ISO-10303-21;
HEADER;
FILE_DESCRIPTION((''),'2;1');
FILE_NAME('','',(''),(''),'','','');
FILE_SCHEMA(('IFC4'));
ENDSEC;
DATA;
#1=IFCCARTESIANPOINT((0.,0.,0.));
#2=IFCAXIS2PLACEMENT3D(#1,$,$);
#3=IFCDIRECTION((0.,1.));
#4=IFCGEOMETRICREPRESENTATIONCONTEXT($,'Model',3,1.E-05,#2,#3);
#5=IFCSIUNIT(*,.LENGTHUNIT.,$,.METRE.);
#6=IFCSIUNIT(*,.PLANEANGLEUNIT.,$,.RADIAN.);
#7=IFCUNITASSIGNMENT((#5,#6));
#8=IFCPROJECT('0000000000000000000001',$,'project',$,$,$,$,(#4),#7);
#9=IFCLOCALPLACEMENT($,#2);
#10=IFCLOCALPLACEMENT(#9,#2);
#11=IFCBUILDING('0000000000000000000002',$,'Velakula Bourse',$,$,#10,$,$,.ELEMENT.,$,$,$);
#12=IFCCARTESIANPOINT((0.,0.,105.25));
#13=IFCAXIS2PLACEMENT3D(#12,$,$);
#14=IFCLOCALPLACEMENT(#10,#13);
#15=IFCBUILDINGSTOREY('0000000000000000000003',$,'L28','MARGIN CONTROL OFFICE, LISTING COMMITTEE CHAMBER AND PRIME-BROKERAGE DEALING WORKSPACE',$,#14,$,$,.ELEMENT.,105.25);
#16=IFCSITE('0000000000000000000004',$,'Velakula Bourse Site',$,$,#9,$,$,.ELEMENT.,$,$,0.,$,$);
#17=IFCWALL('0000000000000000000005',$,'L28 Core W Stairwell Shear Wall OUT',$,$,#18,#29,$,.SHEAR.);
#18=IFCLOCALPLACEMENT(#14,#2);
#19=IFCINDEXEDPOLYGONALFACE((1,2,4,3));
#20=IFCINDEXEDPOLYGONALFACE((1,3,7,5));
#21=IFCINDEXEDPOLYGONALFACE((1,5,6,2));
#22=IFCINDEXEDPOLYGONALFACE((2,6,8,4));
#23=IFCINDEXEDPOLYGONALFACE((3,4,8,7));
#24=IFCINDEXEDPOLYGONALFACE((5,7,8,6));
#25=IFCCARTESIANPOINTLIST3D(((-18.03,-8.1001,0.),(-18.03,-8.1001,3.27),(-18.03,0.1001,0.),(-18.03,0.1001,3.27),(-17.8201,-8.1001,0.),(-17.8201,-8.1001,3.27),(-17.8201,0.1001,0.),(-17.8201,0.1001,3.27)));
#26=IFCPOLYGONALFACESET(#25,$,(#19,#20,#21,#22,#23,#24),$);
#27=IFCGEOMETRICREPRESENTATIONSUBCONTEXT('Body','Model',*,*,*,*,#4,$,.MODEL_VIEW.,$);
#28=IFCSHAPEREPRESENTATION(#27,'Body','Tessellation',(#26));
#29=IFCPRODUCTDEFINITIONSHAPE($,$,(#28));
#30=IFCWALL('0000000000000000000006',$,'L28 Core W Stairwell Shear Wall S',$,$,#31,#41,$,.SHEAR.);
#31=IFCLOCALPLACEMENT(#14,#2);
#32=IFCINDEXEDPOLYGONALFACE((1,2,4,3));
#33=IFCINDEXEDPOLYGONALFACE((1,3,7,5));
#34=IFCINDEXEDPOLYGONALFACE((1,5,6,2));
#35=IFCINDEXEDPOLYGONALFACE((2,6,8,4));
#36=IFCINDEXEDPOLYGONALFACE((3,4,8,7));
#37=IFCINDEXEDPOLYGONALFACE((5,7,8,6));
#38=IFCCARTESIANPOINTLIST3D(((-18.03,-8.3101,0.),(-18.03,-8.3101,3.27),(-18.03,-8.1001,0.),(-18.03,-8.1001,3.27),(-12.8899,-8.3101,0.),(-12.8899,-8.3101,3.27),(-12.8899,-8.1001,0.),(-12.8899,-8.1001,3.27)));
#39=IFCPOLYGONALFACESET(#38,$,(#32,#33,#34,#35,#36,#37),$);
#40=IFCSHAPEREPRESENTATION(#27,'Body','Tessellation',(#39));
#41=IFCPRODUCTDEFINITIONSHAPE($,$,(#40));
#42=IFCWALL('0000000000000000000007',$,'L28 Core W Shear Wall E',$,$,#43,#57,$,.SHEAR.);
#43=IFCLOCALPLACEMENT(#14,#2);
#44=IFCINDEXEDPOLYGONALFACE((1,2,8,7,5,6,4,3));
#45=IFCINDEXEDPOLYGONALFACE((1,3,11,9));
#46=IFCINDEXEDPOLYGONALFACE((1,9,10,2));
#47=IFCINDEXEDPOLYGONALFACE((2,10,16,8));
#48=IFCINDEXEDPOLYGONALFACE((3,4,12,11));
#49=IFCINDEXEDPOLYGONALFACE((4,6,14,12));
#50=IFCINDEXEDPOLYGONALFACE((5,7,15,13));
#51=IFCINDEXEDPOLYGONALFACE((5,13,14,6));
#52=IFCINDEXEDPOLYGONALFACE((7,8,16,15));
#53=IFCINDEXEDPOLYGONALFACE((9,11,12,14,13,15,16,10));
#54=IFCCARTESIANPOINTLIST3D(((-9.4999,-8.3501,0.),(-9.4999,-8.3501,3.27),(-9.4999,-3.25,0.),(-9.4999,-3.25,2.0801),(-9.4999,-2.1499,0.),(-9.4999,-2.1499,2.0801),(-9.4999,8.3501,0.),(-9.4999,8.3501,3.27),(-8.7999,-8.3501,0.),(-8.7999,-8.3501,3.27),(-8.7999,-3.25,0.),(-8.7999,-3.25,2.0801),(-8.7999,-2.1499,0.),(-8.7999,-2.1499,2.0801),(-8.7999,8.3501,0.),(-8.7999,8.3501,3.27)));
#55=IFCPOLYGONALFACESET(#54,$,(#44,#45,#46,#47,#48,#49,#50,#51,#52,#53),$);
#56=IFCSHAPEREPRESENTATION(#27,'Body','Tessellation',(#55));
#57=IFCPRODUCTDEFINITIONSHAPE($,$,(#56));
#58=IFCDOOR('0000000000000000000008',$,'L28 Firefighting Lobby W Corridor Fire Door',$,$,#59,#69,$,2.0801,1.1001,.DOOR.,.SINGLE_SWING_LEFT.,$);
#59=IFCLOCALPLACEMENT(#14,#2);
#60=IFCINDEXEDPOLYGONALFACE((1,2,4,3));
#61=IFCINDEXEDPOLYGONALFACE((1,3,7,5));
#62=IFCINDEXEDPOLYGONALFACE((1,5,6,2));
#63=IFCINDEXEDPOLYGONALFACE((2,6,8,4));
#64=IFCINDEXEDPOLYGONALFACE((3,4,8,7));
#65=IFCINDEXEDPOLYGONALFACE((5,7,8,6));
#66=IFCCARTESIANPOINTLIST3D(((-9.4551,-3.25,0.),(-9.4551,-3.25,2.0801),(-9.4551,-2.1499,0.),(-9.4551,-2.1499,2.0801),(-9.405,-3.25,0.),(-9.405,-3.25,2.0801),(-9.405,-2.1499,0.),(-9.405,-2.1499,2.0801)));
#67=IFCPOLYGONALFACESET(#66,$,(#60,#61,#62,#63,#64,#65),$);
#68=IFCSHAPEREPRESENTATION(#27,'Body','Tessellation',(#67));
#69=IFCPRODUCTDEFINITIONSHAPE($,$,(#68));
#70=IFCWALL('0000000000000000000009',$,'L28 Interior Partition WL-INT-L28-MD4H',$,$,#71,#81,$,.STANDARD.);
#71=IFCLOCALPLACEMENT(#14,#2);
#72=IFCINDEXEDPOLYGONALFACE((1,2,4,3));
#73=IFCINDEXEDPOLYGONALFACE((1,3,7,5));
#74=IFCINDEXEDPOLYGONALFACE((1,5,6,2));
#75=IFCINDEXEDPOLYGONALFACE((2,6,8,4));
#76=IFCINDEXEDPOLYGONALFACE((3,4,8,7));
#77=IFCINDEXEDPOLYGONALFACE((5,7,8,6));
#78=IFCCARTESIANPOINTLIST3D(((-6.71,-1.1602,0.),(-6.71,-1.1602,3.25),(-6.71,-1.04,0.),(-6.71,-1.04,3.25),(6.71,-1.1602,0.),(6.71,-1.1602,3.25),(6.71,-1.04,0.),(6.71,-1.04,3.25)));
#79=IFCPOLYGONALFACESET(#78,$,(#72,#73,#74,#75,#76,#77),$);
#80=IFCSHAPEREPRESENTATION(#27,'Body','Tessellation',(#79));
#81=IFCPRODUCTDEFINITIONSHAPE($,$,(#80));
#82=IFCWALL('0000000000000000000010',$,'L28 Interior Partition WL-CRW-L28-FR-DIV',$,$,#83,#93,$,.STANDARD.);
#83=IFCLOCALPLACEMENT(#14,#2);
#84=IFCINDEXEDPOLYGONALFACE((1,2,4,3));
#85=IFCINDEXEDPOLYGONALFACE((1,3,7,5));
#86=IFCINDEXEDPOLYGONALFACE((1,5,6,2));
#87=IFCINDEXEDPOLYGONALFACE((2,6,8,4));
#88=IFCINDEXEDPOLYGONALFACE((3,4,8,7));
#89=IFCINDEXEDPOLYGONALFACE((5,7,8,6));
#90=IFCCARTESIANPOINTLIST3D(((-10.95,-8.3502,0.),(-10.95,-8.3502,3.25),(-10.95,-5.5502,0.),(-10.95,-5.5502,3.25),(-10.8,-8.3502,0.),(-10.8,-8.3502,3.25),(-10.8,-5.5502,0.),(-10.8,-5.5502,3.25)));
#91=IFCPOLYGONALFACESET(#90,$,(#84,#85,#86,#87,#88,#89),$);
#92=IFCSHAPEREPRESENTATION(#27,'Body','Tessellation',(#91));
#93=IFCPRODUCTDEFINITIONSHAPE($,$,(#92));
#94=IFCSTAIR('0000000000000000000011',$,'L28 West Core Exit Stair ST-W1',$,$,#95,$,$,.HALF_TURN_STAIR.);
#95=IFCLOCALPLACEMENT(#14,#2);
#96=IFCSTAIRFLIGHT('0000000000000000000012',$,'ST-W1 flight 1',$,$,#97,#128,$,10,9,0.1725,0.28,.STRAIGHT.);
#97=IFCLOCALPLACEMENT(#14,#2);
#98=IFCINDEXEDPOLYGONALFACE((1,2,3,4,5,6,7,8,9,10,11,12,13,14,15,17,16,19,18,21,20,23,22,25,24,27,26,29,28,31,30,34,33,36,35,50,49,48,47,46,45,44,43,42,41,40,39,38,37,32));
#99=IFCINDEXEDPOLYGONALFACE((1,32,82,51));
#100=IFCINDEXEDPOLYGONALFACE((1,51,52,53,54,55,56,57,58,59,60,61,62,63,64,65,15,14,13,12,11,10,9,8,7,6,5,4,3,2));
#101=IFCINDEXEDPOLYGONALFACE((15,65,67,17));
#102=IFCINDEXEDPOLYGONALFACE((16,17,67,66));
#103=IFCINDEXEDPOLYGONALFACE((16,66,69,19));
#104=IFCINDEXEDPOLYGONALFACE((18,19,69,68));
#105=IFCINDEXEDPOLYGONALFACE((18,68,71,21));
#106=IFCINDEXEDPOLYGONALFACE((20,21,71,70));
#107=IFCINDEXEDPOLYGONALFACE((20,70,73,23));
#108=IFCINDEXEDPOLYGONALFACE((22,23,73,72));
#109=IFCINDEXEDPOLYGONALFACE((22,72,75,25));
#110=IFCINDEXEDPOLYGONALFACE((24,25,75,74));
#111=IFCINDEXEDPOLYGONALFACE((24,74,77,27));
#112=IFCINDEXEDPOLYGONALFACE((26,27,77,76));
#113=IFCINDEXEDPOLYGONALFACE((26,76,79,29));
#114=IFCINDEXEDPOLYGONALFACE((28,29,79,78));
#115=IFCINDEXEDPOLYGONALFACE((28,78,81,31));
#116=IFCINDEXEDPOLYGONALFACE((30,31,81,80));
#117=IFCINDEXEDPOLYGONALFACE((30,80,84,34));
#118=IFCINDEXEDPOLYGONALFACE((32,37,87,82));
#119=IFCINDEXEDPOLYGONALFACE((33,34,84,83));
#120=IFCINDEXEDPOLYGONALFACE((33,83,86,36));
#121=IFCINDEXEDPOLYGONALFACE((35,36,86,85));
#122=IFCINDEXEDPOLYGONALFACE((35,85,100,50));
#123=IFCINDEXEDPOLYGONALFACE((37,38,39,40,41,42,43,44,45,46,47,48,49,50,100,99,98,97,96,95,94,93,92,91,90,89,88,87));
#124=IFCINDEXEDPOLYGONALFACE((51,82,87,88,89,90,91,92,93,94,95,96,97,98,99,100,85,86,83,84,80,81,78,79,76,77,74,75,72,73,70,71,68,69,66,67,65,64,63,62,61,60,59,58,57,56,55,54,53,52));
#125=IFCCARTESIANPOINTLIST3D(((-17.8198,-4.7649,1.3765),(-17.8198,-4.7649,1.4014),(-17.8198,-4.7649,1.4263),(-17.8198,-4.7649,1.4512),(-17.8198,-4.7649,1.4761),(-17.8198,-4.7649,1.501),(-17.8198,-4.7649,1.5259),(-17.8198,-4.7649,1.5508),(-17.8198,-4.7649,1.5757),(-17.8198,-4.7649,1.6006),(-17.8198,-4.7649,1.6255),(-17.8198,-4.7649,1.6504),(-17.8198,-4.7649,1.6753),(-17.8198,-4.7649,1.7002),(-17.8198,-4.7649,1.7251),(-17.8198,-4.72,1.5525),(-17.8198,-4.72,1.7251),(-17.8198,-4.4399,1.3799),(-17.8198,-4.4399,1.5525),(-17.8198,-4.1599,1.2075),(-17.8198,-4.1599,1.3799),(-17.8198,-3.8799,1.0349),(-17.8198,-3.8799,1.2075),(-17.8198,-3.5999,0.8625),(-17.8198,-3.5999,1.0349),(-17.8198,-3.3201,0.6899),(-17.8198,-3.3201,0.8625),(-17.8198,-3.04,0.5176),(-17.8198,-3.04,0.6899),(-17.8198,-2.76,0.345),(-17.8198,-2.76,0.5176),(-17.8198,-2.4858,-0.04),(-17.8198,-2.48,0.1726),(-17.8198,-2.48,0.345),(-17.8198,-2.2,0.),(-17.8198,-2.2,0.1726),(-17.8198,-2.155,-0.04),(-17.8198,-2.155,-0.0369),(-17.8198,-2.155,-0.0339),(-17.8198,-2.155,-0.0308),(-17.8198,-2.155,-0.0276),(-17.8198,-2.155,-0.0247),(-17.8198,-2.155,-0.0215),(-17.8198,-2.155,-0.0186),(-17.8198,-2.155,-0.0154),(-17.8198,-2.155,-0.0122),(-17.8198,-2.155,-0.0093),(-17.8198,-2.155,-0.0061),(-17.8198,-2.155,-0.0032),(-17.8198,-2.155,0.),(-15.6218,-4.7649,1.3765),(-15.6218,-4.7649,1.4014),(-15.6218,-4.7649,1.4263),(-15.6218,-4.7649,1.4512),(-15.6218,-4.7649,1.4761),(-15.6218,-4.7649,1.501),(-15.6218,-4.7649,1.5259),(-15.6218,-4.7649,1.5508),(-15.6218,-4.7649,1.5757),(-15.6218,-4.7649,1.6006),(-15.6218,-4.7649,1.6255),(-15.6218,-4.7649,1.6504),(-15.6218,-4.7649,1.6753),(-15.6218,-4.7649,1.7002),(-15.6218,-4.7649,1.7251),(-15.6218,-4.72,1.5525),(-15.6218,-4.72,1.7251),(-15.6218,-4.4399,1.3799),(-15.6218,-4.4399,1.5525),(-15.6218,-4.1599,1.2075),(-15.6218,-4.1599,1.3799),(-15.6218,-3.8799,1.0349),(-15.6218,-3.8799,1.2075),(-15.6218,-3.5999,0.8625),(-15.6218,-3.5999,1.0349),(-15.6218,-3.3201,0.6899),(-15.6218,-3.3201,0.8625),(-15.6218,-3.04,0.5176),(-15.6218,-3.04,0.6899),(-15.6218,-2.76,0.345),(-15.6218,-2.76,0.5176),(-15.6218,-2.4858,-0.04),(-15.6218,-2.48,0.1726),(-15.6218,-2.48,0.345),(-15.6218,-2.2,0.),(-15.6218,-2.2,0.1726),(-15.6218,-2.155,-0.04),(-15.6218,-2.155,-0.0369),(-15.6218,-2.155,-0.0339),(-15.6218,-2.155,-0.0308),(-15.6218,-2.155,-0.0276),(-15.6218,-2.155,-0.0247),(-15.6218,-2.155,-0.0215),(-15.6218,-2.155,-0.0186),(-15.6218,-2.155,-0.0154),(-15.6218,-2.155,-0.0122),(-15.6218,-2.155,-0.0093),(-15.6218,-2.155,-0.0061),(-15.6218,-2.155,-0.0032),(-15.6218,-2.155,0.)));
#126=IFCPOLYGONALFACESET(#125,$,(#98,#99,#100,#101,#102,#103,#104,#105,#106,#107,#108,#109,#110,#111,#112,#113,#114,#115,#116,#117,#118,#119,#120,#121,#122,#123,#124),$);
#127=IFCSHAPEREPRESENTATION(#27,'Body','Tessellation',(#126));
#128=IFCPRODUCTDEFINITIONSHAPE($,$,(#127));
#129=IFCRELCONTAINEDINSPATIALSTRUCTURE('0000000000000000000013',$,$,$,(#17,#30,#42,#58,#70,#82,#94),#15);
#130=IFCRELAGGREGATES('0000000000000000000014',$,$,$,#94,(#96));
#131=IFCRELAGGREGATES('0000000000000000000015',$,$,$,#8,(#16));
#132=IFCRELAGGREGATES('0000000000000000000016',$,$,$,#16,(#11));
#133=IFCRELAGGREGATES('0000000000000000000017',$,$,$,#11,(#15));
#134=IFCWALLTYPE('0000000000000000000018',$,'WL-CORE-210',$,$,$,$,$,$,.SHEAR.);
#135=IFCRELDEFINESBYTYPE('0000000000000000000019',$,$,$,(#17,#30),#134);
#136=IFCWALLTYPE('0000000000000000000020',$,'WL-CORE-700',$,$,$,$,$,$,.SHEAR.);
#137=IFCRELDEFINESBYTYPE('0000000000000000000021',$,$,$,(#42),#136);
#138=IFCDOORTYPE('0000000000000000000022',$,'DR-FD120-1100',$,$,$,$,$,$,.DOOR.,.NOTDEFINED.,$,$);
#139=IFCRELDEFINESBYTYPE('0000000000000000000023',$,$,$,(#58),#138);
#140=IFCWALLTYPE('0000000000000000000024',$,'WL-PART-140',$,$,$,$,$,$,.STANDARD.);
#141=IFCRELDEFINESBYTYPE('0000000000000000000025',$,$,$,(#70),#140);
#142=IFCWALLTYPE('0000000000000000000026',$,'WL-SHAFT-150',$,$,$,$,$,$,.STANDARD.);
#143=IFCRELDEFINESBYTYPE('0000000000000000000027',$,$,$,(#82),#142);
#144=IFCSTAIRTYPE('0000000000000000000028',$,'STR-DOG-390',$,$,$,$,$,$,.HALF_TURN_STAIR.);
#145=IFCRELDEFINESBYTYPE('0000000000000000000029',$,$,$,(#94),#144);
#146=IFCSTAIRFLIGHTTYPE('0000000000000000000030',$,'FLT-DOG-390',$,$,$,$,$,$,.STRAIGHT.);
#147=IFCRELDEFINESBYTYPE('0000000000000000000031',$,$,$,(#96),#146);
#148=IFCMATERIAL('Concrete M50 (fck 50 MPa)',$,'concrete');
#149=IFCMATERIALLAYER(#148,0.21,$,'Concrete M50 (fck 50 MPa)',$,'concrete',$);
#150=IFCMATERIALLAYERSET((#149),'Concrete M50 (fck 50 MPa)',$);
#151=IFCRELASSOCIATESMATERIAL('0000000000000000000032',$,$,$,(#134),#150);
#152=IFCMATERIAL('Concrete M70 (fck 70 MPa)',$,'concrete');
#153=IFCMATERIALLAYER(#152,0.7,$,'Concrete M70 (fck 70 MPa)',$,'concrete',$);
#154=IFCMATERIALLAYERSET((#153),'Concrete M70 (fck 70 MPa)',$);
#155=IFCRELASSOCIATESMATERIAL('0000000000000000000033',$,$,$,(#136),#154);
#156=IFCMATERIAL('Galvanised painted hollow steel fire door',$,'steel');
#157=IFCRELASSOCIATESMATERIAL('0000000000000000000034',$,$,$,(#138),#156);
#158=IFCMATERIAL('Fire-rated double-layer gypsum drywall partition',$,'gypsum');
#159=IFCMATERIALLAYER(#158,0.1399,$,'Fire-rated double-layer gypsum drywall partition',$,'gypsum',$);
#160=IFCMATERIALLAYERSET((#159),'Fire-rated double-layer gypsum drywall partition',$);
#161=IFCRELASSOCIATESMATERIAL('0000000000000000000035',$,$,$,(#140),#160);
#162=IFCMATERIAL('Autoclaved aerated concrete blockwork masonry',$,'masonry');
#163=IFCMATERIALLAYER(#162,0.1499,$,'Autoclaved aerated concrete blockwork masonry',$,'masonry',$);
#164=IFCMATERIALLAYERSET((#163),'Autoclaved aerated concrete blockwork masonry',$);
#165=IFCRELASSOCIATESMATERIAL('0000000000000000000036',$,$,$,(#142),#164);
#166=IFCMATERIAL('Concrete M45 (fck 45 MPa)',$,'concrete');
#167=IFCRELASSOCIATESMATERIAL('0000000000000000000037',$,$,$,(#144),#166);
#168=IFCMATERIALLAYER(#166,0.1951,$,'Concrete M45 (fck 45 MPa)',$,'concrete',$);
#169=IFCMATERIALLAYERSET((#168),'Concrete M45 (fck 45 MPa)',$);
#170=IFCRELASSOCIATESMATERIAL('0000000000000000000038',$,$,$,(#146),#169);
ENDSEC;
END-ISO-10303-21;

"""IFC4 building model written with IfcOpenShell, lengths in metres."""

from ifc_helpers import new_model, si_unit, direction, frame, frame_2d, origin, place, context, subcontext, project, spatial, polyline, rectangle, outline, extrude, material, layer, layer_set, type_object, element, fill, aggregate, save


model = new_model("IFC4")

# Units and contexts
model_context = context("Model", 3, precision=1e-05, world=origin(), true_north=direction((0.0, 1.0)))
body_context = subcontext(model_context, "Body", "Model", "MODEL_VIEW")
ifc_project = project(units=[si_unit("LENGTHUNIT", "METRE"), si_unit("PLANEANGLEUNIT", "RADIAN")], contexts=[model_context])

# Site, building, storey
site_placement = place(None, origin())
site = spatial("IfcSite", under=ifc_project, at=site_placement, Name="Velakula Bourse Site", CompositionType="ELEMENT", RefElevation=0.0)
building_placement = place(site_placement, origin())
building = spatial("IfcBuilding", under=site, at=building_placement, Name="Velakula Bourse", CompositionType="ELEMENT")
storey_placement = place(building_placement, frame((0.0, 0.0, 105.25)))
storey = spatial("IfcBuildingStorey", under=building, at=storey_placement, Name="L28", Description="MARGIN CONTROL OFFICE, LISTING COMMITTEE CHAMBER AND PRIME-BROKERAGE DEALING WORKSPACE", CompositionType="ELEMENT", Elevation=105.25)

# Shared definitions
ifc_material_1 = material(Name="Concrete M70 (fck 70 MPa)", Category="concrete")

# Shared definitions
ifc_material_2 = material(Name="Concrete M50 (fck 50 MPa)", Category="concrete")
ifc_layer_1 = layer(ifc_material_2, 0.21, Name="Concrete M50 (fck 50 MPa)", Category="concrete")
ifc_layer_set_1 = layer_set([ifc_layer_1], Name="Concrete M50 (fck 50 MPa)")
wall_type_1 = type_object("IfcWallType", Name="WL-CORE-210", PredefinedType="SHEAR", material=ifc_layer_set_1)
ifc_material_3 = material(Name="Galvanised painted hollow steel fire door", Category="steel")

# Walls
wall_1_placement = place(storey_placement, frame((-17.925, -8.1001, 0.0), z_axis=(0.0, 0.0, 1.0), x_axis=(0.0, 1.0, 0.0)))
element("IfcWall", 1, at=wall_1_placement, inside=storey, type_object=wall_type_1, Name="L28 Core W Stairwell Shear Wall OUT", PredefinedType="SHEAR", context=body_context, shape_type="SweptSolid", body=[
    extrude(rectangle(XDim=8.2002, YDim=0.21, at=frame_2d((4.1001, 0.0))), origin(), (0.0, 0.0, 1.0), 3.27),
])
wall_2_placement = place(storey_placement, frame((-18.03, -8.2051, 0.0), z_axis=(0.0, 0.0, 1.0), x_axis=(1.0, 0.0, 0.0)))
element("IfcWall", 2, at=wall_2_placement, inside=storey, type_object=wall_type_1, Name="L28 Core W Stairwell Shear Wall S", PredefinedType="SHEAR", context=body_context, shape_type="SweptSolid", body=[
    extrude(rectangle(XDim=5.1401, YDim=0.21, at=frame_2d((2.5701, 0.0))), origin(), (0.0, 0.0, 1.0), 3.27),
])

# Wall, opening, door
ifc_layer_2 = layer(ifc_material_1, 0.7, Name="Concrete M70 (fck 70 MPa)", Category="concrete")
ifc_layer_set_2 = layer_set([ifc_layer_2], Name="Concrete M70 (fck 70 MPa)")
wall_type_2 = type_object("IfcWallType", Name="WL-CORE-700", PredefinedType="SHEAR", material=ifc_layer_set_2)
wall_3_placement = place(storey_placement, frame((-9.1499, -8.3501, 0.0), z_axis=(0.0, 0.0, 1.0), x_axis=(0.0, 1.0, 0.0)))
wall_3 = element("IfcWall", 3, at=wall_3_placement, inside=storey, type_object=wall_type_2, Name="L28 Core W Shear Wall E", PredefinedType="SHEAR", context=body_context, shape_type="SweptSolid", body=[
    extrude(rectangle(XDim=16.7002, YDim=0.7, at=frame_2d((8.3501, 0.0))), origin(), (0.0, 0.0, 1.0), 3.27),
])
opening_1_placement = place(wall_3_placement, frame((5.1001, 0.0, 0.0)))
opening_1 = element("IfcOpeningElement", 4, at=opening_1_placement, cuts=wall_3, PredefinedType="OPENING", context=body_context, shape_type="SweptSolid", body=[
    extrude(rectangle(XDim=1.1001, YDim=2.0801, at=frame_2d((0.55, 1.04))), frame((0.0, 0.3599, 0.0), z_axis=(0.0, -1.0, 0.0), x_axis=(1.0, 0.0, 0.0)), (0.0, 0.0, 1.0), 0.72),
])
door_type_1 = type_object("IfcDoorType", Name="DR-FD120-1100", OperationType="NOTDEFINED", PredefinedType="DOOR", material=ifc_material_3)
door_1_placement = place(opening_1_placement, origin())
door_1 = element("IfcDoor", 5, at=door_1_placement, inside=storey, type_object=door_type_1, Name="L28 Firefighting Lobby W Corridor Fire Door", OperationType="SINGLE_SWING_LEFT", OverallHeight=2.0801, OverallWidth=1.1001, PredefinedType="DOOR", context=body_context, shape_type="SweptSolid", body=[
    extrude(rectangle(XDim=1.1001, YDim=2.0801, at=frame_2d((0.55, 1.04))), frame((0.0, 0.3052, 0.0), z_axis=(0.0, -1.0, 0.0), x_axis=(1.0, 0.0, 0.0)), (0.0, 0.0, 1.0), 0.05),
])
fill(opening_1, door_1)

# Wall
ifc_material_4 = material(Name="Fire-rated double-layer gypsum drywall partition", Category="gypsum")
ifc_layer_3 = layer(ifc_material_4, 0.1399, Name="Fire-rated double-layer gypsum drywall partition", Category="gypsum")
ifc_layer_set_3 = layer_set([ifc_layer_3], Name="Fire-rated double-layer gypsum drywall partition")
wall_type_3 = type_object("IfcWallType", Name="WL-PART-140", PredefinedType="STANDARD", material=ifc_layer_set_3)
wall_4_placement = place(storey_placement, frame((-6.71, -1.1001, 0.0), z_axis=(0.0, 0.0, 1.0), x_axis=(1.0, 0.0, 0.0)))
element("IfcWall", 6, at=wall_4_placement, inside=storey, type_object=wall_type_3, Name="L28 Interior Partition WL-INT-L28-MD4H", PredefinedType="STANDARD", context=body_context, shape_type="SweptSolid", body=[
    extrude(rectangle(XDim=13.4199, YDim=0.1201, at=frame_2d((6.71, 0.0))), origin(), (0.0, 0.0, 1.0), 3.25),
])

# Shared definitions
ifc_material_5 = material(Name="Autoclaved aerated concrete blockwork masonry", Category="masonry")
ifc_layer_4 = layer(ifc_material_5, 0.1499, Name="Autoclaved aerated concrete blockwork masonry", Category="masonry")
ifc_layer_set_4 = layer_set([ifc_layer_4], Name="Autoclaved aerated concrete blockwork masonry")
wall_type_4 = type_object("IfcWallType", Name="WL-SHAFT-150", PredefinedType="STANDARD", material=ifc_layer_set_4)

# Wall
wall_5_placement = place(storey_placement, frame((-10.875, -8.3501, 0.0), z_axis=(0.0, 0.0, 1.0), x_axis=(0.0, 1.0, 0.0)))
element("IfcWall", 7, at=wall_5_placement, inside=storey, type_object=wall_type_4, Name="L28 Interior Partition WL-CRW-L28-FR-DIV", PredefinedType="STANDARD", context=body_context, shape_type="SweptSolid", body=[
    extrude(rectangle(XDim=2.8, YDim=0.1499, at=frame_2d((1.3999, 0.0))), origin(), (0.0, 0.0, 1.0), 3.25),
])

# Stair, stair flight
ifc_material_6 = material(Name="Concrete M45 (fck 45 MPa)", Category="concrete")
stair_type = type_object("IfcStairType", Name="STR-DOG-390", PredefinedType="HALF_TURN_STAIR", material=ifc_material_6)
stair_placement = place(storey_placement, origin())
stair = element("IfcStair", 8, at=stair_placement, inside=storey, type_object=stair_type, Name="L28 West Core Exit Stair ST-W1", PredefinedType="HALF_TURN_STAIR")
ifc_layer_5 = layer(ifc_material_6, 0.1951, Name="Concrete M45 (fck 45 MPa)", Category="concrete")
ifc_layer_set_5 = layer_set([ifc_layer_5], Name="Concrete M45 (fck 45 MPa)")
stair_flight_type = type_object("IfcStairFlightType", Name="FLT-DOG-390", PredefinedType="STRAIGHT", material=ifc_layer_set_5)
stair_flight_1_placement = place(storey_placement, frame((-16.7209, -2.2, 0.0), z_axis=(0.0, 0.0, 1.0), x_axis=(0.0, -1.0, 0.0)))
stair_flight_1 = element("IfcStairFlight", 9, at=stair_flight_1_placement, type_object=stair_flight_type, Name="ST-W1 flight 1", NumberOfRisers=10, NumberOfTreads=9, PredefinedType="STRAIGHT", RiserHeight=0.1725, TreadLength=0.28, context=body_context, shape_type="SweptSolid", body=[
    extrude(outline(polyline([(-0.0449, -0.04), (-0.0449, -0.0369), (-0.0449, -0.0339), (-0.0449, -0.0308), (-0.0449, -0.0276), (-0.0449, -0.0247), (-0.0449, -0.0215), (-0.0449, -0.0186), (-0.0449, -0.0154), (-0.0449, -0.0122), (-0.0449, -0.0093), (-0.0449, -0.0061), (-0.0449, -0.0032), (-0.0449, 0.0), (0.0, 0.0), (0.0, 0.1726), (0.28, 0.1726), (0.28, 0.345), (0.5601, 0.345), (0.5601, 0.5176), (0.8401, 0.5176), (0.8401, 0.6899), (1.1201, 0.6899), (1.1201, 0.8625), (1.3999, 0.8625), (1.3999, 1.0349), (1.6799, 1.0349), (1.6799, 1.2075), (1.96, 1.2075), (1.96, 1.3799), (2.24, 1.3799), (2.24, 1.5525), (2.52, 1.5525), (2.52, 1.7251), (2.5649, 1.7251), (2.5649, 1.7002), (2.5649, 1.6753), (2.5649, 1.6504), (2.5649, 1.6255), (2.5649, 1.6006), (2.5649, 1.5757), (2.5649, 1.5508), (2.5649, 1.5259), (2.5649, 1.501), (2.5649, 1.4761), (2.5649, 1.4512), (2.5649, 1.4263), (2.5649, 1.4014), (2.5649, 1.3765), (0.2859, -0.04), (-0.0449, -0.04)])), frame((0.0, 1.0991, 0.0), z_axis=(0.0, -1.0, 0.0), x_axis=(1.0, 0.0, 0.0)), (0.0, 0.0, 1.0), 2.198),
])
aggregate(stair, [stair_flight_1])

save(model, "model.ifc")
